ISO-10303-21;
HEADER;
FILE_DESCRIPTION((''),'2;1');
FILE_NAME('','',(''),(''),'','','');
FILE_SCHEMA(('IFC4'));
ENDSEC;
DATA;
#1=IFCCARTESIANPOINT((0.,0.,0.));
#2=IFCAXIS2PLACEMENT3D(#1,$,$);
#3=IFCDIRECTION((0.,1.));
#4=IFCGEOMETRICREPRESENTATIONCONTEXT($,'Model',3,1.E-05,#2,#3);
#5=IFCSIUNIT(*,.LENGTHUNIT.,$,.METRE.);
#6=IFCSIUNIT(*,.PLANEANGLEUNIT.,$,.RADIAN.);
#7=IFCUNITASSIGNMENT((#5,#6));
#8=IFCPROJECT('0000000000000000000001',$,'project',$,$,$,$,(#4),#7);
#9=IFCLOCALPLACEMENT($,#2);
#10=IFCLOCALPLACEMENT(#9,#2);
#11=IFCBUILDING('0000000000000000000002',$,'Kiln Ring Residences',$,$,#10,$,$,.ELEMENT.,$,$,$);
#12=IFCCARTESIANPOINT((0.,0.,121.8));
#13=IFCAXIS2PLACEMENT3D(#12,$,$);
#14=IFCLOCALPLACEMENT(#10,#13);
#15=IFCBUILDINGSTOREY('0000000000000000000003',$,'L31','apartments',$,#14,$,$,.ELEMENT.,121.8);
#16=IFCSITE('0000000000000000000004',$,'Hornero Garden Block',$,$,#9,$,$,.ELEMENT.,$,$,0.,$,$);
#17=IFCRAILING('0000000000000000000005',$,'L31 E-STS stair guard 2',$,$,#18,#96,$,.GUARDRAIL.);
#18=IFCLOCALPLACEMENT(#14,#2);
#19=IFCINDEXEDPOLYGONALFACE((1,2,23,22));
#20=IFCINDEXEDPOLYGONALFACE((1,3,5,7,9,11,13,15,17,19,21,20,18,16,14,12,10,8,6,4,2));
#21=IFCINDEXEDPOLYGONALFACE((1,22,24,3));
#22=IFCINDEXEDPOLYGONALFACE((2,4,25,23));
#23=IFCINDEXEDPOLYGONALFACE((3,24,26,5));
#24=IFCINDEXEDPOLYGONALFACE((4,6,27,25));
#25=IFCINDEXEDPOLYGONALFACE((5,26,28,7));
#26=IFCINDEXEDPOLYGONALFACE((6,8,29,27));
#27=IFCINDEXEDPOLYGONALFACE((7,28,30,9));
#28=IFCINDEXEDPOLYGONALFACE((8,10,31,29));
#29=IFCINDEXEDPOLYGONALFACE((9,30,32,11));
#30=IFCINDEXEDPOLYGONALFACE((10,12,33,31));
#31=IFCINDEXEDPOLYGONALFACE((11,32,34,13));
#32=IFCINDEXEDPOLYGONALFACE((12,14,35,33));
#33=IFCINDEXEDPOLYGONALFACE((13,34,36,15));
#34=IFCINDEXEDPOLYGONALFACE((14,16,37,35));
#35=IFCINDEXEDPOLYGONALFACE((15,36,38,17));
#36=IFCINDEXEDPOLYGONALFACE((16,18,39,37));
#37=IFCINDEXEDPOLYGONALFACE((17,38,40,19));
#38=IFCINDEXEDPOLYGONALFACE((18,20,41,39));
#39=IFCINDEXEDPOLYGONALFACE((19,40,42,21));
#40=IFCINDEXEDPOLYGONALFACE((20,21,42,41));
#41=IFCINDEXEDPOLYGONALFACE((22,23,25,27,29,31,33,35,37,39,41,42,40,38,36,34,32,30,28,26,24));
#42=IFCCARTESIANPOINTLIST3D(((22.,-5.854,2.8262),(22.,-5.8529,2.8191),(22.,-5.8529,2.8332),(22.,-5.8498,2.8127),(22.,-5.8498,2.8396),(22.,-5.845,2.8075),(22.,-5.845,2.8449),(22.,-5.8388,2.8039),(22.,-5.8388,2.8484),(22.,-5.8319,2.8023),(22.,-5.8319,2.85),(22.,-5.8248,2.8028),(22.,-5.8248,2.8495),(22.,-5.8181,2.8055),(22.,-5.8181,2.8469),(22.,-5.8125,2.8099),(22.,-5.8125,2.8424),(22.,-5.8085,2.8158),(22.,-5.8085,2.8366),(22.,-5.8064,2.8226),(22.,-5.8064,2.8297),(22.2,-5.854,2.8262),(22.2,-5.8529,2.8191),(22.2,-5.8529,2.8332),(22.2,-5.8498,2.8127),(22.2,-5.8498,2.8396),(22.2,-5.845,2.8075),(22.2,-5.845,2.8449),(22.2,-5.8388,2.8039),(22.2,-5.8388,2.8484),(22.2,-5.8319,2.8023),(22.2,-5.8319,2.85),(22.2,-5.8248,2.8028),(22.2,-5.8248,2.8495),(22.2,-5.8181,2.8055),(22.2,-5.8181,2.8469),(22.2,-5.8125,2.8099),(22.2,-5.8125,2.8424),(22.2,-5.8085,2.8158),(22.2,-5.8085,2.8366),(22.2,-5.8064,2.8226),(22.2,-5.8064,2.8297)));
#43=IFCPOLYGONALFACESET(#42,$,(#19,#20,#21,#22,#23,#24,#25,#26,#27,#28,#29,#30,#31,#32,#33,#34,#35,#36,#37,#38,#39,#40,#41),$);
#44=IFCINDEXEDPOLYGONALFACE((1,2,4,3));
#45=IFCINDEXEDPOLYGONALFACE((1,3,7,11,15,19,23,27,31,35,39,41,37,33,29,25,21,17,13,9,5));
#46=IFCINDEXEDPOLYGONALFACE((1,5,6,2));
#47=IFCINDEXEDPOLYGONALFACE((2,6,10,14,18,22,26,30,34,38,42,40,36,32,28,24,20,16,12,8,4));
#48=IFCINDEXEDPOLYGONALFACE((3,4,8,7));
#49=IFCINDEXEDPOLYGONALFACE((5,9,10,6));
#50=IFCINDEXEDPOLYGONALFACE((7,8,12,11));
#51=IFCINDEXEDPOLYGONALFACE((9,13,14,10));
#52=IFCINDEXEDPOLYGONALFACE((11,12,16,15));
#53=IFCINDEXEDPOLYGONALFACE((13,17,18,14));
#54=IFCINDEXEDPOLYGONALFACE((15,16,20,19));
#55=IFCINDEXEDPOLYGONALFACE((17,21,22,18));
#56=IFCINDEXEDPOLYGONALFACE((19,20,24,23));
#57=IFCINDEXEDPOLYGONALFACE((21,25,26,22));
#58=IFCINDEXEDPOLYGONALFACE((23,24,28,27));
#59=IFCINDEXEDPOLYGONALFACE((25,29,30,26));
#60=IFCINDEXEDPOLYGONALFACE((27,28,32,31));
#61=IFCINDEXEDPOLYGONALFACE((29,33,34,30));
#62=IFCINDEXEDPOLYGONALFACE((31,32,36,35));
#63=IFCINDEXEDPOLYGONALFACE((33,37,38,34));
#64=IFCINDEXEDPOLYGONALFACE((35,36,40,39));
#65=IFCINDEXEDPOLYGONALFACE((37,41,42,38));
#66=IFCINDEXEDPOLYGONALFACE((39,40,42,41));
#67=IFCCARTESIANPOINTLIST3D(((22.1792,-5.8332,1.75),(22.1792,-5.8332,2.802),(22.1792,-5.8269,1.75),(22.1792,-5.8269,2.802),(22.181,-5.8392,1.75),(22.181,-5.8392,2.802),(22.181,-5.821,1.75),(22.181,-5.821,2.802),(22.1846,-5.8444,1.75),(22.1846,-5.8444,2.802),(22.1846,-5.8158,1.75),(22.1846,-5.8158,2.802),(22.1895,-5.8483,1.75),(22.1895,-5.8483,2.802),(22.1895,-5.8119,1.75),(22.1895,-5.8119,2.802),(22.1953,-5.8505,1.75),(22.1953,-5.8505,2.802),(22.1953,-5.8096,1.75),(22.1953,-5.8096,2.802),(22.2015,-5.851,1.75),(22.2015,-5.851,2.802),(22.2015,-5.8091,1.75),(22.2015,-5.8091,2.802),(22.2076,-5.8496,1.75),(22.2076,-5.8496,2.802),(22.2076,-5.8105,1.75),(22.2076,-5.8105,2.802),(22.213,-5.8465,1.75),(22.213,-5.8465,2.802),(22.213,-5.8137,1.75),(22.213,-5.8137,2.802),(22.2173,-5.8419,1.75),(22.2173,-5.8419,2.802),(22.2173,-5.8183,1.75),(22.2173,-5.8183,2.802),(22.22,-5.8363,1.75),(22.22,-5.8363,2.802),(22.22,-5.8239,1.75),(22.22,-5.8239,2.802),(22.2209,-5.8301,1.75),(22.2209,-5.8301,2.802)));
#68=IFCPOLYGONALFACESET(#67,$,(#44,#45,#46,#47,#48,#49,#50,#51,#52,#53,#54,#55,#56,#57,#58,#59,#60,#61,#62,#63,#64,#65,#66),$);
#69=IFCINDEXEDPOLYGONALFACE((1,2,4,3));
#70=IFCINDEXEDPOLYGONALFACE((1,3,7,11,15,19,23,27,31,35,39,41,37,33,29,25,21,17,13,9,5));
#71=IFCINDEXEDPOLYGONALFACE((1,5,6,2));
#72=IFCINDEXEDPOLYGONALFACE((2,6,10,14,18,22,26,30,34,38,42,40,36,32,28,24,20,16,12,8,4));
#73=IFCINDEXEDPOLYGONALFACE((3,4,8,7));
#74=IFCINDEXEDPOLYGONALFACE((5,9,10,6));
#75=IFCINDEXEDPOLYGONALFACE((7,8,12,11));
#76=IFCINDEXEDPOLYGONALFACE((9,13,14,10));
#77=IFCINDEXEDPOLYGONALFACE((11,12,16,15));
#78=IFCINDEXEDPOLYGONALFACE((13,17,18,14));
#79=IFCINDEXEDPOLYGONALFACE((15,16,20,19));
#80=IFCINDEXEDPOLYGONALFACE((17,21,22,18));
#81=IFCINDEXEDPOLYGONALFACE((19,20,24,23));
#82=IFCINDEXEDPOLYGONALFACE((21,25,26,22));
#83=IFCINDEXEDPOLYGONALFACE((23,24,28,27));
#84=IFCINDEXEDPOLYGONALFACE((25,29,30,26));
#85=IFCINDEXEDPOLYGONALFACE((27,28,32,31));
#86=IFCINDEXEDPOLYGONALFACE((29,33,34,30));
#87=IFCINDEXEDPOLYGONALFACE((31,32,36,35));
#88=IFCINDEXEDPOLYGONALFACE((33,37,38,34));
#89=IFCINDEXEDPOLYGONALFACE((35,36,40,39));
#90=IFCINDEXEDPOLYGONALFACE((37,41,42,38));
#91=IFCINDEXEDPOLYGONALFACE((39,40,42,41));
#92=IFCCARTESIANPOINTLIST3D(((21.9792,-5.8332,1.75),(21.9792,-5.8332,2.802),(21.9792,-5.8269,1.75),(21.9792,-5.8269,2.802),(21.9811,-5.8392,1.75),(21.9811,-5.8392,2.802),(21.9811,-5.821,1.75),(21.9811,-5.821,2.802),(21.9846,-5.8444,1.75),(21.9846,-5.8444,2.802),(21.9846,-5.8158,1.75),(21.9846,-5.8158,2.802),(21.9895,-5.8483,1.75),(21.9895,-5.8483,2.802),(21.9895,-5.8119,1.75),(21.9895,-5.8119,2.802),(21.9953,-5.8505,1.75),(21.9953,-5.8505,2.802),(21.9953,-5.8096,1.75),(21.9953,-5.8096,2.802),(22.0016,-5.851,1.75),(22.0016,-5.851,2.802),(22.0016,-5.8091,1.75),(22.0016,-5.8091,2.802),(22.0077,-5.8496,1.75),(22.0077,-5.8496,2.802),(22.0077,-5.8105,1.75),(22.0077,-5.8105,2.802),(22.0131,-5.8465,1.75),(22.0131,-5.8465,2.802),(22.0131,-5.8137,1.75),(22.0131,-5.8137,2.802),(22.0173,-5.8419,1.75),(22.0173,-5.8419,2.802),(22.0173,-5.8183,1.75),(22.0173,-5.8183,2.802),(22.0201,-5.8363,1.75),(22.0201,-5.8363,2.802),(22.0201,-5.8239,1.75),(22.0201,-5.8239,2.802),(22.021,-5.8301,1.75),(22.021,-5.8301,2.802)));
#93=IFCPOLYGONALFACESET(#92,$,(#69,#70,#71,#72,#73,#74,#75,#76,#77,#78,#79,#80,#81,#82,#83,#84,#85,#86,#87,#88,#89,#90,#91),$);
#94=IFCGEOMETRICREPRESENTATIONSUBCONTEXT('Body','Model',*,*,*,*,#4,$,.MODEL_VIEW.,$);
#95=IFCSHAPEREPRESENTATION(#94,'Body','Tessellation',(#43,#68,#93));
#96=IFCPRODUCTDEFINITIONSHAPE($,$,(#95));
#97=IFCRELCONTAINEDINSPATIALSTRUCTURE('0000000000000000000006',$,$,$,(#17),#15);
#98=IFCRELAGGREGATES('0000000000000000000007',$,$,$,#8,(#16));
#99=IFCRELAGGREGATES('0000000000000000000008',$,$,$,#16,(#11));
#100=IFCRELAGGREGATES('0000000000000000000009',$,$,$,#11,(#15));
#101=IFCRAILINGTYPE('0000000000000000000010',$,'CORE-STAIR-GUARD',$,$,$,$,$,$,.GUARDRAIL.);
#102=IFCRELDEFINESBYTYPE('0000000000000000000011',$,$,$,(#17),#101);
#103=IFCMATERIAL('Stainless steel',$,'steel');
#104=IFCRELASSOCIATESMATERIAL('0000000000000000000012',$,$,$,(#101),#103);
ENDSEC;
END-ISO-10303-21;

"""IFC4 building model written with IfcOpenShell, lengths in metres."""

from ifc_helpers import new_model, si_unit, direction, frame, origin, origin_2d, place, context, subcontext, project, spatial, circle, extrude, material, type_object, element, save


model = new_model("IFC4")

# Units and contexts
model_context = context("Model", 3, precision=1e-05, world=origin(), true_north=direction((0.0, 1.0)))
body_context = subcontext(model_context, "Body", "Model", "MODEL_VIEW")
ifc_project = project(units=[si_unit("LENGTHUNIT", "METRE"), si_unit("PLANEANGLEUNIT", "RADIAN")], contexts=[model_context])

# Site, building, storey
site_placement = place(None, origin())
site = spatial("IfcSite", under=ifc_project, at=site_placement, Name="Hornero Garden Block", CompositionType="ELEMENT", RefElevation=0.0)
building_placement = place(site_placement, origin())
building = spatial("IfcBuilding", under=site, at=building_placement, Name="Kiln Ring Residences", CompositionType="ELEMENT")
storey_placement = place(building_placement, frame((0.0, 0.0, 121.8)))
storey = spatial("IfcBuildingStorey", under=building, at=storey_placement, Name="L31", Description="apartments", CompositionType="ELEMENT", Elevation=121.8)

# Railing
ifc_material_1 = material(Name="Stainless steel", Category="steel")
railing_type_1 = type_object("IfcRailingType", Name="CORE-STAIR-GUARD", PredefinedType="GUARDRAIL", material=ifc_material_1)
railing_1_placement = place(storey_placement, frame((22.2, -5.8301, 1.75)))
element("IfcRailing", 1, at=railing_1_placement, inside=storey, type_object=railing_type_1, Name="L31 E-STS stair guard 2", PredefinedType="GUARDRAIL", context=body_context, shape_type="SweptSolid", body=[
    extrude(circle(Radius=0.0239, at=origin_2d()), frame((0.0, 0.0, 1.0762), z_axis=(-1.0, 0.0, 0.0), x_axis=(0.0, -1.0, 0.0)), (0.0, 0.0, 1.0), 0.2),
    extrude(circle(Radius=0.021, at=origin_2d()), origin(), (0.0, 0.0, 1.0), 1.052),
    extrude(circle(Radius=0.021, at=origin_2d()), frame((-0.2, 0.0, 0.0)), (0.0, 0.0, 1.0), 1.052),
])

save(model, "model.ifc")
